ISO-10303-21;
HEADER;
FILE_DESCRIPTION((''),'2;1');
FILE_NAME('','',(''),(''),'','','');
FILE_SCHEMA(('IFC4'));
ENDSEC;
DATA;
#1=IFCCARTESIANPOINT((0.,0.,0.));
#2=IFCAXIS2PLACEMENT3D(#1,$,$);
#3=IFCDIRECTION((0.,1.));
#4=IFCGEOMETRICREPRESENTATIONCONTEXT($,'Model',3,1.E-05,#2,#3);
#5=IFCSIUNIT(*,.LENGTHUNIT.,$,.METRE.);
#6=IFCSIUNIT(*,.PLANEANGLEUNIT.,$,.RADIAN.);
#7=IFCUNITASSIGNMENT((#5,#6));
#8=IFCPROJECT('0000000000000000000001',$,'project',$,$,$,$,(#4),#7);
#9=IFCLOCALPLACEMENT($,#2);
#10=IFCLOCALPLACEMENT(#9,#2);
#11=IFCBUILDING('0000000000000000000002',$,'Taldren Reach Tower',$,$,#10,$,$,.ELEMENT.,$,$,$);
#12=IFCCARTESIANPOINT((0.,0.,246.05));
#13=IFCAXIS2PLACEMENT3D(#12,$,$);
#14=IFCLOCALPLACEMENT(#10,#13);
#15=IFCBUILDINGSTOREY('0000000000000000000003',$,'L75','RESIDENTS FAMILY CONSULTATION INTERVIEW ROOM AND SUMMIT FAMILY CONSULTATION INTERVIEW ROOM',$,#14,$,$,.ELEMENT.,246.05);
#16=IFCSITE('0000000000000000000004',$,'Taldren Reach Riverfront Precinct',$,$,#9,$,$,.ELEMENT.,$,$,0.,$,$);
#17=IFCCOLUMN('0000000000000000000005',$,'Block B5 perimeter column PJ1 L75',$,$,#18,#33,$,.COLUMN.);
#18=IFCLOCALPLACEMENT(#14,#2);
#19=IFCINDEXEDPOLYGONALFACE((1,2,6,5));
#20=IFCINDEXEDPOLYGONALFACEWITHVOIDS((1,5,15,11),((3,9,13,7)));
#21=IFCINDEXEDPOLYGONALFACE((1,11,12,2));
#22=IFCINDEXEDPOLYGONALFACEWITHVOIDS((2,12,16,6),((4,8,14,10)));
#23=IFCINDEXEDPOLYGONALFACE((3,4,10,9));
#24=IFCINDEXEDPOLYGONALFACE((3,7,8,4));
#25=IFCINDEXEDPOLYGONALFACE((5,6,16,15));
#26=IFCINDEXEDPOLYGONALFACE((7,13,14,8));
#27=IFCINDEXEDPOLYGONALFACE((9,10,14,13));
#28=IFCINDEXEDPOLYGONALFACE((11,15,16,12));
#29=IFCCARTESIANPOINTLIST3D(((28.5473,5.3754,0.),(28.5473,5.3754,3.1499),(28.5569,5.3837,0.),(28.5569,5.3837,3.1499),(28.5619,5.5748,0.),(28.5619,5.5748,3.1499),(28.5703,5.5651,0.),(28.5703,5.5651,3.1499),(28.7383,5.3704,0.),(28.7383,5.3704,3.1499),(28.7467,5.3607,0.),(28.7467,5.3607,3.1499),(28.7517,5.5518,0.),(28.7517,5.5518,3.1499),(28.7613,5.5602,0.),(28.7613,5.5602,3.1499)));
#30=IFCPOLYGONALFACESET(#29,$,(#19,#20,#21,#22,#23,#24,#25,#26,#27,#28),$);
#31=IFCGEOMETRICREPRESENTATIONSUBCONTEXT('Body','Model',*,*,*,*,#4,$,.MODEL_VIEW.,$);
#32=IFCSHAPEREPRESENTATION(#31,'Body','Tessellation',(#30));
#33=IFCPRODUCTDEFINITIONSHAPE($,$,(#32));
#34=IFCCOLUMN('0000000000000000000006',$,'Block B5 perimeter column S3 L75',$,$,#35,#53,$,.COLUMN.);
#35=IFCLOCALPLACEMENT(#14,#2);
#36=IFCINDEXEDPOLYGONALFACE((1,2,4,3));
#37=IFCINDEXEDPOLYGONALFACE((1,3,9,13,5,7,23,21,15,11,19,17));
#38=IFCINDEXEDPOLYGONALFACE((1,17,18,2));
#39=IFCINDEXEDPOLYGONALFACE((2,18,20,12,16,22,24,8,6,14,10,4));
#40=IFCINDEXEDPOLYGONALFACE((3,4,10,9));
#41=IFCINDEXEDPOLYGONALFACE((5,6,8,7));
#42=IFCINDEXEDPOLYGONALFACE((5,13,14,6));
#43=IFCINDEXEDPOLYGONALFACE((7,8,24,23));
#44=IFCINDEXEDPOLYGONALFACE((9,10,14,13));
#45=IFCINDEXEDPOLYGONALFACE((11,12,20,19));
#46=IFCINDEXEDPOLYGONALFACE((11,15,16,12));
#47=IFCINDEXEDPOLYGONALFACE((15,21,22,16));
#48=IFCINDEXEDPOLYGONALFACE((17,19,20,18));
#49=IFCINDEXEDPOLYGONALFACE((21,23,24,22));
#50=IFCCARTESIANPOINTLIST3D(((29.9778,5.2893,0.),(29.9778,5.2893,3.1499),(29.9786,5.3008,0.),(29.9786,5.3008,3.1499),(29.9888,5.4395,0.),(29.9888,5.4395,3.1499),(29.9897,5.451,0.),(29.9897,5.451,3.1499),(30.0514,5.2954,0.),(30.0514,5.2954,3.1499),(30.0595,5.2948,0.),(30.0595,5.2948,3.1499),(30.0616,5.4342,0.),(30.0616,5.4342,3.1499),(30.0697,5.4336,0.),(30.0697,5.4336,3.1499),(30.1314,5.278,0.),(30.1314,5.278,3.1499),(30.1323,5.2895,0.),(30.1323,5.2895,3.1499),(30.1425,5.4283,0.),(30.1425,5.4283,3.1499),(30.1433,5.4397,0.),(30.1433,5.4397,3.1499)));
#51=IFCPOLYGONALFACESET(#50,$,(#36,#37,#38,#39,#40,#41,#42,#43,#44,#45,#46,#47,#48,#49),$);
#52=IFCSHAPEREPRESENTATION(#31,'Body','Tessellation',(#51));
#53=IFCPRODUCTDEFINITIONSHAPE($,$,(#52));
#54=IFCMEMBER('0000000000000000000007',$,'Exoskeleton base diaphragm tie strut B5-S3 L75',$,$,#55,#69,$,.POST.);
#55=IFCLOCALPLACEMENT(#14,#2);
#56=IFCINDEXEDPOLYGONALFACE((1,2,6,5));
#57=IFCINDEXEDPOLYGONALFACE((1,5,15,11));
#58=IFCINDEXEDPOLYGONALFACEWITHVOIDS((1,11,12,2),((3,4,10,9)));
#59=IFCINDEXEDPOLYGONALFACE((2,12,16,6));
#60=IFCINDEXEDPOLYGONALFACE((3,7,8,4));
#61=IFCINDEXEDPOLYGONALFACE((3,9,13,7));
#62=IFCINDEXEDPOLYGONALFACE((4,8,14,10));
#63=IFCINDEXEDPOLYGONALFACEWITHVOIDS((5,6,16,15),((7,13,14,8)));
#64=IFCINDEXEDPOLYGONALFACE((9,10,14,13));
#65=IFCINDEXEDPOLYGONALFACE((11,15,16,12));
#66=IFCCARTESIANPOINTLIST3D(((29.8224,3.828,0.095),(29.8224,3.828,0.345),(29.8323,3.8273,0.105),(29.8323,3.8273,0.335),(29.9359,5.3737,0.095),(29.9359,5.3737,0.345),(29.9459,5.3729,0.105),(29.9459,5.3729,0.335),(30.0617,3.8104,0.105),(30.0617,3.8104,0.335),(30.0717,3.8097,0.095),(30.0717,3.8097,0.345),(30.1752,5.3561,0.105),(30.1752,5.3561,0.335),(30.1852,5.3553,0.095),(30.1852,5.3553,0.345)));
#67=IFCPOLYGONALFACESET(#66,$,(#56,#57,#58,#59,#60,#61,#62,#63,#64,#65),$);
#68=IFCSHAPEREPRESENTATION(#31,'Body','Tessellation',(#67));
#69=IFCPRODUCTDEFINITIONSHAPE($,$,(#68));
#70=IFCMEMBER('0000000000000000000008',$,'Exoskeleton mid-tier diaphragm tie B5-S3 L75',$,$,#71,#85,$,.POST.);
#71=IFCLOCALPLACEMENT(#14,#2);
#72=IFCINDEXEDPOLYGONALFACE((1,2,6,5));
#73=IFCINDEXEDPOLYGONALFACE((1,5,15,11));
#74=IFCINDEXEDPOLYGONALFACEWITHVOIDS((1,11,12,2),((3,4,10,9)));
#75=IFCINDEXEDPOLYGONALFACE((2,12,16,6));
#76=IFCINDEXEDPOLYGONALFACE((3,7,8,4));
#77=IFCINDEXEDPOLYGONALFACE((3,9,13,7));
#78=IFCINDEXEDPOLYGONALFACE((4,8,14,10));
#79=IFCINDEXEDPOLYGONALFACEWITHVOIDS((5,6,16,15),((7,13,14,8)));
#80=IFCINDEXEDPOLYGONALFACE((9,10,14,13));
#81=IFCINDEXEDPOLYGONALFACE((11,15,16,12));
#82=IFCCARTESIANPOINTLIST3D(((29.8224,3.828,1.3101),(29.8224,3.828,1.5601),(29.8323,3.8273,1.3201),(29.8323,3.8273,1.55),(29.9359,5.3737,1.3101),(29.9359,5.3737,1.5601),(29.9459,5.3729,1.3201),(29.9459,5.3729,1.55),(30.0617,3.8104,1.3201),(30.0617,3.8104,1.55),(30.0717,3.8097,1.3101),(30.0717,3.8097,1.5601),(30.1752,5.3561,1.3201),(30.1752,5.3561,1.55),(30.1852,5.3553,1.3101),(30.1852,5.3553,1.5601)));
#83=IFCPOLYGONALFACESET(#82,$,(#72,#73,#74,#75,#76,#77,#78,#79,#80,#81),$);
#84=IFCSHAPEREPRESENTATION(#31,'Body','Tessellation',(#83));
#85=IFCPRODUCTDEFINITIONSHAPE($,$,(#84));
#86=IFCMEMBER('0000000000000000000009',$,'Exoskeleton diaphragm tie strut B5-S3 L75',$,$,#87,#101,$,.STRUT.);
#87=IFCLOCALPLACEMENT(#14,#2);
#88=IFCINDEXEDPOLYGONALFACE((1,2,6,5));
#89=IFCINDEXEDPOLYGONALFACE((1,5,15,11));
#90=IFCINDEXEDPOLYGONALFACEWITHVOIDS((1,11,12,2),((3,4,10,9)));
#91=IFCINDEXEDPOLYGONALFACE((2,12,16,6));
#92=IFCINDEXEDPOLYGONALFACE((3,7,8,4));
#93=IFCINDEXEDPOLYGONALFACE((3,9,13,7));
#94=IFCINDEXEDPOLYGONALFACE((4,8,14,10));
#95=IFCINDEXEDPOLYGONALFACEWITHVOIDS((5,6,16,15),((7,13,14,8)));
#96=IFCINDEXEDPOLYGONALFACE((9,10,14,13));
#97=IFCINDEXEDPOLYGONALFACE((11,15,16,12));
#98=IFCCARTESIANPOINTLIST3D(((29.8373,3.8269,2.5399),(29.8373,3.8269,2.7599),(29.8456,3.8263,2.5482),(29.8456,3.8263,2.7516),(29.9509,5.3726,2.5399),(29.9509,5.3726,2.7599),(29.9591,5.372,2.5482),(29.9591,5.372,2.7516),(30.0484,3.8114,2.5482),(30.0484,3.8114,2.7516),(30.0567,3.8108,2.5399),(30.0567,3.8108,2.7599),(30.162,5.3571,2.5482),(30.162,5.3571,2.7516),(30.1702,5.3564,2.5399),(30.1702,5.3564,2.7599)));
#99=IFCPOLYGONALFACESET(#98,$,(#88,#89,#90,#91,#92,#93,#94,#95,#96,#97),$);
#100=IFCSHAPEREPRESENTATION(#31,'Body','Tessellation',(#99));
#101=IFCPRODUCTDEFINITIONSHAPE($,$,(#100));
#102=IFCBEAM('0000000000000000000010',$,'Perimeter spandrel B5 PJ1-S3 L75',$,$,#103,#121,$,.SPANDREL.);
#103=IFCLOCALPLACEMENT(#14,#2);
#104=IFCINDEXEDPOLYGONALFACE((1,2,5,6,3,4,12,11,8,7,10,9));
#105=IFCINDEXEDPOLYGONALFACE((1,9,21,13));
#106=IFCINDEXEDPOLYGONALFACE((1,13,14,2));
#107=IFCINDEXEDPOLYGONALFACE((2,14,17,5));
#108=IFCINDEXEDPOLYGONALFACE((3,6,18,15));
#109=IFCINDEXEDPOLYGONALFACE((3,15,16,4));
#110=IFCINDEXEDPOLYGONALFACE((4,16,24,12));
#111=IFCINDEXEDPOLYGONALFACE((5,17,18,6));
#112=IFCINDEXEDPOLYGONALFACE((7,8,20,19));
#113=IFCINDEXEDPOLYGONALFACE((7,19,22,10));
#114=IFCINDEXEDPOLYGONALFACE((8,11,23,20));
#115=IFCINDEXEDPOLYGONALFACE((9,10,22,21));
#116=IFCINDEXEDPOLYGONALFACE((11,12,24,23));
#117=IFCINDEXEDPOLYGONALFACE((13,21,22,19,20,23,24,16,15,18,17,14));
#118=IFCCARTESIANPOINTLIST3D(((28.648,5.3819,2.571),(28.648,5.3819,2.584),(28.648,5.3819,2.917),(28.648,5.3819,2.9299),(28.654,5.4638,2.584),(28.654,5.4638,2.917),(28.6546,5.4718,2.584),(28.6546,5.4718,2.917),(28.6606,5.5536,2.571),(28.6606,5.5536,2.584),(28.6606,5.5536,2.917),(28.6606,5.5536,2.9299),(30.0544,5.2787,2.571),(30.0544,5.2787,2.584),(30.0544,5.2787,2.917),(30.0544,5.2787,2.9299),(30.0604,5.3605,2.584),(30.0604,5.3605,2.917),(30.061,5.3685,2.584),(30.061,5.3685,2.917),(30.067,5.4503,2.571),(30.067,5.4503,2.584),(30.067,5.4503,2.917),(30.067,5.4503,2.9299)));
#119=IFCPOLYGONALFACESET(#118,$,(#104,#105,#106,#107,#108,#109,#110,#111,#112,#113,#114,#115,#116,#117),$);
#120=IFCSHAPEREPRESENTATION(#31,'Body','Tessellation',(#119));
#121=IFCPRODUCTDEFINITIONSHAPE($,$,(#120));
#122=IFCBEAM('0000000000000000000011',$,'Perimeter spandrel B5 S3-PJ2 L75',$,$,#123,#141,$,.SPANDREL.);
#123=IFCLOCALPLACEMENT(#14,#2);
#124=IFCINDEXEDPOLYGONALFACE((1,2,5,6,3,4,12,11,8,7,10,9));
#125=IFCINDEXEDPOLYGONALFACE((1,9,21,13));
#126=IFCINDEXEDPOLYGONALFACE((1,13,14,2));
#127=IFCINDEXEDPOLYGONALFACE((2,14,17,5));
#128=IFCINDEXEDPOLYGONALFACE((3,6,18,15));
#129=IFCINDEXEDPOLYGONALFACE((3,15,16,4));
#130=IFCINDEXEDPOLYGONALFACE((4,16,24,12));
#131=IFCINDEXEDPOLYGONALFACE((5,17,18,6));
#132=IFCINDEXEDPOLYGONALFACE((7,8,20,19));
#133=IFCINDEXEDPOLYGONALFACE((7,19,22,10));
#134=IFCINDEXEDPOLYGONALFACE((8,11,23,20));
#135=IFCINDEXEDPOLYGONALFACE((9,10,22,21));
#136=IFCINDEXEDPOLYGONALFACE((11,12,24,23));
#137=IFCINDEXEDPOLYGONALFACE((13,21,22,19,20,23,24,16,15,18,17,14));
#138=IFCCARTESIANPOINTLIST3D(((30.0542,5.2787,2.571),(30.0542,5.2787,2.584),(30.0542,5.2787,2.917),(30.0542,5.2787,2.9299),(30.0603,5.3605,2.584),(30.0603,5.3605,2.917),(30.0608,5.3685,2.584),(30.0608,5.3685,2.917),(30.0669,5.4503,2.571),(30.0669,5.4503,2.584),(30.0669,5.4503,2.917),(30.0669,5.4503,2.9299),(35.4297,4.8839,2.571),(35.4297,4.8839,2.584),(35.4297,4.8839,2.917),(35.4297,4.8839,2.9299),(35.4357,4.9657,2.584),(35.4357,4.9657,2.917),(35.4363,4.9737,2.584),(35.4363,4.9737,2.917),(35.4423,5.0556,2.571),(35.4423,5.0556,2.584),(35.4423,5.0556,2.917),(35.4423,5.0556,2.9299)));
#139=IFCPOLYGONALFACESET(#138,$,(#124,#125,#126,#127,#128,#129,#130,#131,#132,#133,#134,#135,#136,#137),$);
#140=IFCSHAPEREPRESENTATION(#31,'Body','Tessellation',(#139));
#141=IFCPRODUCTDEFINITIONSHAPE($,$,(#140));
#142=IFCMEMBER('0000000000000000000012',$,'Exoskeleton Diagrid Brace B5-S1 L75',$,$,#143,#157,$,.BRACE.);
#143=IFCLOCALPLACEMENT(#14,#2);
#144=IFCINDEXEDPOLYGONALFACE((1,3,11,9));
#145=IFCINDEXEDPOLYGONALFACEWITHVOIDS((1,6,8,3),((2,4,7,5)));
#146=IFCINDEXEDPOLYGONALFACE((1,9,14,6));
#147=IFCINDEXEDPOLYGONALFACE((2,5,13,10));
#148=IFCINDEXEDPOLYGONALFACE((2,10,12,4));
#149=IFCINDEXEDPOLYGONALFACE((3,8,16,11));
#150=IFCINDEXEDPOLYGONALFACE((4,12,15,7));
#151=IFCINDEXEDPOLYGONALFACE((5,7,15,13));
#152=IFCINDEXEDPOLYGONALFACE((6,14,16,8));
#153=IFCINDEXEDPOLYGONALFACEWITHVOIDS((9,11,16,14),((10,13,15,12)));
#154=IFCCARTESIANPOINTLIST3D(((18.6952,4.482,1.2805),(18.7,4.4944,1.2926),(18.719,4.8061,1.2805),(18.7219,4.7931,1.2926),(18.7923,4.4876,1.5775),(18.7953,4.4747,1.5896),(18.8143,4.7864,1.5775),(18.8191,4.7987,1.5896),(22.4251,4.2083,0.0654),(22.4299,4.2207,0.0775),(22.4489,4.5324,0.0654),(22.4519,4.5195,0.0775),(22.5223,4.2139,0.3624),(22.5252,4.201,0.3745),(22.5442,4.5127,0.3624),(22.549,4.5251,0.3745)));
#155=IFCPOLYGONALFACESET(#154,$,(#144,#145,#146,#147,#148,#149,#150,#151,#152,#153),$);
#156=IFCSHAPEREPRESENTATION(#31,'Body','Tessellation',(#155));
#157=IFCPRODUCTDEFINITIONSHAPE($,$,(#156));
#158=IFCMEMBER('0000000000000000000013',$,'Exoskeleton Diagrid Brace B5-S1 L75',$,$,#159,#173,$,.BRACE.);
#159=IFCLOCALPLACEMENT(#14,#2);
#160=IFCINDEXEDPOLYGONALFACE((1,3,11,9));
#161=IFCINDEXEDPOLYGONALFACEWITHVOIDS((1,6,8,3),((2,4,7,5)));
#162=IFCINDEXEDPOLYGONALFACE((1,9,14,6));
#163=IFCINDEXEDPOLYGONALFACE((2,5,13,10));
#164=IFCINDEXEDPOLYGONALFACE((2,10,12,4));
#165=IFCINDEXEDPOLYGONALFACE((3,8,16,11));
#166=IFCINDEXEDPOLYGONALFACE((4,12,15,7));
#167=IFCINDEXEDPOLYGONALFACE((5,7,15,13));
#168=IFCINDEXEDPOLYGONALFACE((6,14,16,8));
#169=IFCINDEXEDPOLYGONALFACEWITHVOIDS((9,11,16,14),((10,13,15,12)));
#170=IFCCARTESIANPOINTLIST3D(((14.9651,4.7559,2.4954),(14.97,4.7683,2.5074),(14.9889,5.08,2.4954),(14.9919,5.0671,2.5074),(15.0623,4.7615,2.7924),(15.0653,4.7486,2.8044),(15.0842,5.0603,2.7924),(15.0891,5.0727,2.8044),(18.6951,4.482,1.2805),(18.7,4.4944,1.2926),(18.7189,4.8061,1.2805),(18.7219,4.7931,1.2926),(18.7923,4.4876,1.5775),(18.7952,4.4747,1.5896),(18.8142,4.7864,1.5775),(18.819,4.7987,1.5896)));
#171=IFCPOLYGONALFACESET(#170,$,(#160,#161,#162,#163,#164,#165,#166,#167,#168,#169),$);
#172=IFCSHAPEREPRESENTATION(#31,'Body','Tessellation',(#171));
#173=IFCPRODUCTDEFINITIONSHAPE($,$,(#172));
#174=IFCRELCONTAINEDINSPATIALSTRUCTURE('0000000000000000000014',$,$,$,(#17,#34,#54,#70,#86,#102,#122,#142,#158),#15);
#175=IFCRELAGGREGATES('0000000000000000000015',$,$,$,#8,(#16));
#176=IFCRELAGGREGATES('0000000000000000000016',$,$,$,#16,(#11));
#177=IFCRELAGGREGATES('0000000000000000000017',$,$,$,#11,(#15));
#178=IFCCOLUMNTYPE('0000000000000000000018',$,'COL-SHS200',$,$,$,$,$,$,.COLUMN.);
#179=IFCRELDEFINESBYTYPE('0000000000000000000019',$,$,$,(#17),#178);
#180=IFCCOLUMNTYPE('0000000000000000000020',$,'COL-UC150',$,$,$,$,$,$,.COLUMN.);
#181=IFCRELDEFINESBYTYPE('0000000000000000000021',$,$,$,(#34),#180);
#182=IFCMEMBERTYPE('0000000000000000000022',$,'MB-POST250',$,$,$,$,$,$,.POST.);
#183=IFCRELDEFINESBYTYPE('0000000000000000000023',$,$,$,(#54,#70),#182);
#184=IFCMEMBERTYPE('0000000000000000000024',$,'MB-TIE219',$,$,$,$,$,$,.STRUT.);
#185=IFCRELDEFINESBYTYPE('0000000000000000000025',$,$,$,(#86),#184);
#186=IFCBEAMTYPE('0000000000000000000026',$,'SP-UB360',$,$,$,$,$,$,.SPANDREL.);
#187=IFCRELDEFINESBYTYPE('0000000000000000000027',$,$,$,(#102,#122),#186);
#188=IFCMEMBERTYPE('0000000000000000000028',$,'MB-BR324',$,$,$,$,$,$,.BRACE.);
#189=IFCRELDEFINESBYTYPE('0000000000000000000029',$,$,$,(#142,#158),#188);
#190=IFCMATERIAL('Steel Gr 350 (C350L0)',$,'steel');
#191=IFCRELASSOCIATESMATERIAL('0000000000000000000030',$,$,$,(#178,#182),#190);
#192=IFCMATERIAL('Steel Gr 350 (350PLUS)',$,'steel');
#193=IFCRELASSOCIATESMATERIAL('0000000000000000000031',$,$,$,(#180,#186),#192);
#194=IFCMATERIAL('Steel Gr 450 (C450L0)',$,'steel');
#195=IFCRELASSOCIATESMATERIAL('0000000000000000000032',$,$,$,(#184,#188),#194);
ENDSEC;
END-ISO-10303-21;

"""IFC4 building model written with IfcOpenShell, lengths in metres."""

from ifc_helpers import new_model, si_unit, direction, frame, origin, origin_2d, place, context, subcontext, project, spatial, hollow_rectangle, i_section, extrude, source, transform, mapped, material, material_profile, profile_set, type_object, element, save


model = new_model("IFC4")

# Units and contexts
model_context = context("Model", 3, precision=1e-05, world=origin(), true_north=direction((0.0, 1.0)))
body_context = subcontext(model_context, "Body", "Model", "MODEL_VIEW")
ifc_project = project(units=[si_unit("LENGTHUNIT", "METRE"), si_unit("PLANEANGLEUNIT", "RADIAN")], contexts=[model_context])

# Site, building, storey
site_placement = place(None, origin())
site = spatial("IfcSite", under=ifc_project, at=site_placement, Name="Taldren Reach Riverfront Precinct", CompositionType="ELEMENT", RefElevation=0.0)
building_placement = place(site_placement, origin())
building = spatial("IfcBuilding", under=site, at=building_placement, Name="Taldren Reach Tower", CompositionType="ELEMENT")
storey_placement = place(building_placement, frame((0.0, 0.0, 246.05)))
storey = spatial("IfcBuildingStorey", under=building, at=storey_placement, Name="L75", Description="RESIDENTS FAMILY CONSULTATION INTERVIEW ROOM AND SUMMIT FAMILY CONSULTATION INTERVIEW ROOM", CompositionType="ELEMENT", Elevation=246.05)

# Columns
ifc_material_1 = material(Name="Steel Gr 350 (C350L0)", Category="steel")
ifc_material_profile_1 = material_profile(ifc_material_1, hollow_rectangle(XDim=0.2, YDim=0.2, WallThickness=0.009, at=origin_2d()), Name="200x200x9.0SHS")
ifc_profile_set_1 = profile_set([ifc_material_profile_1], Name="Steel Gr 350 (C350L0)")
column_type_1 = type_object("IfcColumnType", Name="COL-SHS200", PredefinedType="COLUMN", material=ifc_profile_set_1)
shared_shape_1 = source(origin(), body_context, "Body", "SweptSolid", [
    extrude(hollow_rectangle(XDim=0.2, YDim=0.2, WallThickness=0.009, at=origin_2d()), origin(), (0.0, 0.0, 1.0), 3.1499),
])
column_1_placement = place(storey_placement, frame((28.6543, 5.4678, 0.0), z_axis=(0.0, 0.0, 1.0), x_axis=(0.997314, -0.073238, 0.0)))
element("IfcColumn", 1, at=column_1_placement, inside=storey, type_object=column_type_1, Name="Block B5 perimeter column PJ1 L75", PredefinedType="COLUMN", context=body_context, shape_type="MappedRepresentation", body=[
    mapped(shared_shape_1, transform((0.0, 0.0, 0.0), scale=1.0)),
])
ifc_material_2 = material(Name="Steel Gr 350 (350PLUS)", Category="steel")
ifc_material_profile_2 = material_profile(ifc_material_2, i_section(OverallWidth=0.1541, OverallDepth=0.1621, WebThickness=0.0081, FlangeThickness=0.0115, at=origin_2d()), Name="150UC37.2")
ifc_profile_set_2 = profile_set([ifc_material_profile_2], Name="Steel Gr 350 (350PLUS)")
column_type_2 = type_object("IfcColumnType", Name="COL-UC150", PredefinedType="COLUMN", material=ifc_profile_set_2)
shared_shape_2 = source(origin(), body_context, "Body", "SweptSolid", [
    extrude(i_section(OverallWidth=0.1541, OverallDepth=0.1621, WebThickness=0.0081, FlangeThickness=0.0115, at=origin_2d()), origin(), (0.0, 0.0, 1.0), 3.1499),
])
column_2_placement = place(storey_placement, frame((30.0605, 5.3645, 0.0), z_axis=(0.0, 0.0, 1.0), x_axis=(0.997314, -0.073238, 0.0)))
element("IfcColumn", 2, at=column_2_placement, inside=storey, type_object=column_type_2, Name="Block B5 perimeter column S3 L75", PredefinedType="COLUMN", context=body_context, shape_type="MappedRepresentation", body=[
    mapped(shared_shape_2, transform((0.0, 0.0, 0.0), scale=1.0)),
])

# Members
ifc_material_profile_3 = material_profile(ifc_material_1, hollow_rectangle(XDim=0.25, YDim=0.25, WallThickness=0.01, at=origin_2d()), Name="250x250x10.0SHS")
ifc_profile_set_3 = profile_set([ifc_material_profile_3], Name="Steel Gr 350 (C350L0)")
member_type_1 = type_object("IfcMemberType", Name="MB-POST250", PredefinedType="POST", material=ifc_profile_set_3)
shared_shape_3 = source(origin(), body_context, "Body", "SweptSolid", [
    extrude(hollow_rectangle(XDim=0.25, YDim=0.25, WallThickness=0.01, at=origin_2d()), origin(), (0.0, 0.0, 1.0), 1.5498),
])
for number, where, z_axis, x_axis, name in (
    (3, (30.0605, 5.3645, 0.22), (-0.073251, -0.997314, 0.0), (0.997314, -0.073251, 0.0), "Exoskeleton base diaphragm tie strut B5-S3 L75"),
    (4, (30.0605, 5.3645, 1.4351), (-0.073251, -0.997314, 0.0), (0.997314, -0.073251, 0.0), "Exoskeleton mid-tier diaphragm tie B5-S3 L75"),
):
    element("IfcMember", number, at=place(storey_placement, frame(where, z_axis=z_axis, x_axis=x_axis)), inside=storey, type_object=member_type_1, Name=name, PredefinedType="POST", context=body_context, shape_type="MappedRepresentation", body=[
        mapped(shared_shape_3, transform((0.0, 0.0, 0.0), scale=1.0)),
    ])
ifc_material_3 = material(Name="Steel Gr 450 (C450L0)", Category="steel")
ifc_material_profile_4 = material_profile(ifc_material_3, hollow_rectangle(XDim=0.22, YDim=0.22, WallThickness=0.0083, at=origin_2d()), Name="220x220x8.2SHS")
ifc_profile_set_4 = profile_set([ifc_material_profile_4], Name="Steel Gr 450 (C450L0)")
member_type_2 = type_object("IfcMemberType", Name="MB-TIE219", PredefinedType="STRUT", material=ifc_profile_set_4)
shared_shape_4 = source(origin(), body_context, "Body", "SweptSolid", [
    extrude(hollow_rectangle(XDim=0.22, YDim=0.22, WallThickness=0.0083, at=origin_2d()), origin(), (0.0, 0.0, 1.0), 1.5498),
])
member_1_placement = place(storey_placement, frame((30.0605, 5.3645, 2.6499), z_axis=(-0.073251, -0.997314, 0.0), x_axis=(0.997314, -0.073251, 0.0)))
element("IfcMember", 5, at=member_1_placement, inside=storey, type_object=member_type_2, Name="Exoskeleton diaphragm tie strut B5-S3 L75", PredefinedType="STRUT", context=body_context, shape_type="MappedRepresentation", body=[
    mapped(shared_shape_4, transform((0.0, 0.0, 0.0), scale=1.0)),
])

# Beams
ifc_material_profile_5 = material_profile(ifc_material_2, i_section(OverallWidth=0.1721, OverallDepth=0.3589, WebThickness=0.0081, FlangeThickness=0.0129, at=origin_2d()), Name="360UB56.7")
ifc_profile_set_5 = profile_set([ifc_material_profile_5], Name="Steel Gr 350 (350PLUS)")
beam_type = type_object("IfcBeamType", Name="SP-UB360", PredefinedType="SPANDREL", material=ifc_profile_set_5)
shared_shape_5 = source(origin(), body_context, "Body", "SweptSolid", [
    extrude(i_section(OverallWidth=0.1721, OverallDepth=0.3589, WebThickness=0.0081, FlangeThickness=0.0129, at=origin_2d()), origin(), (0.0, 0.0, 1.0), 1.4102),
])
beam_1_placement = place(storey_placement, frame((28.6543, 5.4678, 2.7505), z_axis=(0.997314, -0.07324, 0.0), x_axis=(0.07324, 0.997314, 0.0)))
element("IfcBeam", 6, at=beam_1_placement, inside=storey, type_object=beam_type, Name="Perimeter spandrel B5 PJ1-S3 L75", PredefinedType="SPANDREL", context=body_context, shape_type="MappedRepresentation", body=[
    mapped(shared_shape_5, transform((0.0, 0.0, 0.0), scale=1.0)),
])
shared_shape_6 = source(origin(), body_context, "Body", "SweptSolid", [
    extrude(i_section(OverallWidth=0.1721, OverallDepth=0.3589, WebThickness=0.0081, FlangeThickness=0.0129, at=origin_2d()), origin(), (0.0, 0.0, 1.0), 5.3899),
])
beam_2_placement = place(storey_placement, frame((30.0605, 5.3645, 2.7505), z_axis=(0.997314, -0.073243, 0.0), x_axis=(0.073243, 0.997314, 0.0)))
element("IfcBeam", 7, at=beam_2_placement, inside=storey, type_object=beam_type, Name="Perimeter spandrel B5 S3-PJ2 L75", PredefinedType="SPANDREL", context=body_context, shape_type="MappedRepresentation", body=[
    mapped(shared_shape_6, transform((0.0, 0.0, 0.0), scale=1.0)),
])

# Members
ifc_material_profile_6 = material_profile(ifc_material_3, hollow_rectangle(XDim=0.325, YDim=0.325, WallThickness=0.0127, at=origin_2d()), Name="325x325x12.7SHS")
ifc_profile_set_6 = profile_set([ifc_material_profile_6], Name="Steel Gr 450 (C450L0)")
member_type_3 = type_object("IfcMemberType", Name="MB-BR324", PredefinedType="BRACE", material=ifc_profile_set_6)
shared_shape_7 = source(origin(), body_context, "Body", "SweptSolid", [
    extrude(hollow_rectangle(XDim=0.325, YDim=0.325, WallThickness=0.0127, at=origin_2d()), origin(), (0.0, 0.0, 1.0), 3.9324),
])
for number, where, z_axis, x_axis, name in (
    (8, (22.4871, 4.3667, 0.22), (-0.948515, 0.069596, 0.308991), (-0.073177, -0.997319, 0.0), "Exoskeleton Diagrid Brace B5-S1 L75"),
    (9, (18.7571, 4.6404, 1.4351), (-0.948529, 0.069659, 0.308933), (-0.073242, -0.997314, 0.0), "Exoskeleton Diagrid Brace B5-S1 L75"),
):
    element("IfcMember", number, at=place(storey_placement, frame(where, z_axis=z_axis, x_axis=x_axis)), inside=storey, type_object=member_type_3, Name=name, PredefinedType="BRACE", context=body_context, shape_type="MappedRepresentation", body=[
        mapped(shared_shape_7, transform((0.0, 0.0, 0.0), scale=1.0)),
    ])

save(model, "model.ifc")
